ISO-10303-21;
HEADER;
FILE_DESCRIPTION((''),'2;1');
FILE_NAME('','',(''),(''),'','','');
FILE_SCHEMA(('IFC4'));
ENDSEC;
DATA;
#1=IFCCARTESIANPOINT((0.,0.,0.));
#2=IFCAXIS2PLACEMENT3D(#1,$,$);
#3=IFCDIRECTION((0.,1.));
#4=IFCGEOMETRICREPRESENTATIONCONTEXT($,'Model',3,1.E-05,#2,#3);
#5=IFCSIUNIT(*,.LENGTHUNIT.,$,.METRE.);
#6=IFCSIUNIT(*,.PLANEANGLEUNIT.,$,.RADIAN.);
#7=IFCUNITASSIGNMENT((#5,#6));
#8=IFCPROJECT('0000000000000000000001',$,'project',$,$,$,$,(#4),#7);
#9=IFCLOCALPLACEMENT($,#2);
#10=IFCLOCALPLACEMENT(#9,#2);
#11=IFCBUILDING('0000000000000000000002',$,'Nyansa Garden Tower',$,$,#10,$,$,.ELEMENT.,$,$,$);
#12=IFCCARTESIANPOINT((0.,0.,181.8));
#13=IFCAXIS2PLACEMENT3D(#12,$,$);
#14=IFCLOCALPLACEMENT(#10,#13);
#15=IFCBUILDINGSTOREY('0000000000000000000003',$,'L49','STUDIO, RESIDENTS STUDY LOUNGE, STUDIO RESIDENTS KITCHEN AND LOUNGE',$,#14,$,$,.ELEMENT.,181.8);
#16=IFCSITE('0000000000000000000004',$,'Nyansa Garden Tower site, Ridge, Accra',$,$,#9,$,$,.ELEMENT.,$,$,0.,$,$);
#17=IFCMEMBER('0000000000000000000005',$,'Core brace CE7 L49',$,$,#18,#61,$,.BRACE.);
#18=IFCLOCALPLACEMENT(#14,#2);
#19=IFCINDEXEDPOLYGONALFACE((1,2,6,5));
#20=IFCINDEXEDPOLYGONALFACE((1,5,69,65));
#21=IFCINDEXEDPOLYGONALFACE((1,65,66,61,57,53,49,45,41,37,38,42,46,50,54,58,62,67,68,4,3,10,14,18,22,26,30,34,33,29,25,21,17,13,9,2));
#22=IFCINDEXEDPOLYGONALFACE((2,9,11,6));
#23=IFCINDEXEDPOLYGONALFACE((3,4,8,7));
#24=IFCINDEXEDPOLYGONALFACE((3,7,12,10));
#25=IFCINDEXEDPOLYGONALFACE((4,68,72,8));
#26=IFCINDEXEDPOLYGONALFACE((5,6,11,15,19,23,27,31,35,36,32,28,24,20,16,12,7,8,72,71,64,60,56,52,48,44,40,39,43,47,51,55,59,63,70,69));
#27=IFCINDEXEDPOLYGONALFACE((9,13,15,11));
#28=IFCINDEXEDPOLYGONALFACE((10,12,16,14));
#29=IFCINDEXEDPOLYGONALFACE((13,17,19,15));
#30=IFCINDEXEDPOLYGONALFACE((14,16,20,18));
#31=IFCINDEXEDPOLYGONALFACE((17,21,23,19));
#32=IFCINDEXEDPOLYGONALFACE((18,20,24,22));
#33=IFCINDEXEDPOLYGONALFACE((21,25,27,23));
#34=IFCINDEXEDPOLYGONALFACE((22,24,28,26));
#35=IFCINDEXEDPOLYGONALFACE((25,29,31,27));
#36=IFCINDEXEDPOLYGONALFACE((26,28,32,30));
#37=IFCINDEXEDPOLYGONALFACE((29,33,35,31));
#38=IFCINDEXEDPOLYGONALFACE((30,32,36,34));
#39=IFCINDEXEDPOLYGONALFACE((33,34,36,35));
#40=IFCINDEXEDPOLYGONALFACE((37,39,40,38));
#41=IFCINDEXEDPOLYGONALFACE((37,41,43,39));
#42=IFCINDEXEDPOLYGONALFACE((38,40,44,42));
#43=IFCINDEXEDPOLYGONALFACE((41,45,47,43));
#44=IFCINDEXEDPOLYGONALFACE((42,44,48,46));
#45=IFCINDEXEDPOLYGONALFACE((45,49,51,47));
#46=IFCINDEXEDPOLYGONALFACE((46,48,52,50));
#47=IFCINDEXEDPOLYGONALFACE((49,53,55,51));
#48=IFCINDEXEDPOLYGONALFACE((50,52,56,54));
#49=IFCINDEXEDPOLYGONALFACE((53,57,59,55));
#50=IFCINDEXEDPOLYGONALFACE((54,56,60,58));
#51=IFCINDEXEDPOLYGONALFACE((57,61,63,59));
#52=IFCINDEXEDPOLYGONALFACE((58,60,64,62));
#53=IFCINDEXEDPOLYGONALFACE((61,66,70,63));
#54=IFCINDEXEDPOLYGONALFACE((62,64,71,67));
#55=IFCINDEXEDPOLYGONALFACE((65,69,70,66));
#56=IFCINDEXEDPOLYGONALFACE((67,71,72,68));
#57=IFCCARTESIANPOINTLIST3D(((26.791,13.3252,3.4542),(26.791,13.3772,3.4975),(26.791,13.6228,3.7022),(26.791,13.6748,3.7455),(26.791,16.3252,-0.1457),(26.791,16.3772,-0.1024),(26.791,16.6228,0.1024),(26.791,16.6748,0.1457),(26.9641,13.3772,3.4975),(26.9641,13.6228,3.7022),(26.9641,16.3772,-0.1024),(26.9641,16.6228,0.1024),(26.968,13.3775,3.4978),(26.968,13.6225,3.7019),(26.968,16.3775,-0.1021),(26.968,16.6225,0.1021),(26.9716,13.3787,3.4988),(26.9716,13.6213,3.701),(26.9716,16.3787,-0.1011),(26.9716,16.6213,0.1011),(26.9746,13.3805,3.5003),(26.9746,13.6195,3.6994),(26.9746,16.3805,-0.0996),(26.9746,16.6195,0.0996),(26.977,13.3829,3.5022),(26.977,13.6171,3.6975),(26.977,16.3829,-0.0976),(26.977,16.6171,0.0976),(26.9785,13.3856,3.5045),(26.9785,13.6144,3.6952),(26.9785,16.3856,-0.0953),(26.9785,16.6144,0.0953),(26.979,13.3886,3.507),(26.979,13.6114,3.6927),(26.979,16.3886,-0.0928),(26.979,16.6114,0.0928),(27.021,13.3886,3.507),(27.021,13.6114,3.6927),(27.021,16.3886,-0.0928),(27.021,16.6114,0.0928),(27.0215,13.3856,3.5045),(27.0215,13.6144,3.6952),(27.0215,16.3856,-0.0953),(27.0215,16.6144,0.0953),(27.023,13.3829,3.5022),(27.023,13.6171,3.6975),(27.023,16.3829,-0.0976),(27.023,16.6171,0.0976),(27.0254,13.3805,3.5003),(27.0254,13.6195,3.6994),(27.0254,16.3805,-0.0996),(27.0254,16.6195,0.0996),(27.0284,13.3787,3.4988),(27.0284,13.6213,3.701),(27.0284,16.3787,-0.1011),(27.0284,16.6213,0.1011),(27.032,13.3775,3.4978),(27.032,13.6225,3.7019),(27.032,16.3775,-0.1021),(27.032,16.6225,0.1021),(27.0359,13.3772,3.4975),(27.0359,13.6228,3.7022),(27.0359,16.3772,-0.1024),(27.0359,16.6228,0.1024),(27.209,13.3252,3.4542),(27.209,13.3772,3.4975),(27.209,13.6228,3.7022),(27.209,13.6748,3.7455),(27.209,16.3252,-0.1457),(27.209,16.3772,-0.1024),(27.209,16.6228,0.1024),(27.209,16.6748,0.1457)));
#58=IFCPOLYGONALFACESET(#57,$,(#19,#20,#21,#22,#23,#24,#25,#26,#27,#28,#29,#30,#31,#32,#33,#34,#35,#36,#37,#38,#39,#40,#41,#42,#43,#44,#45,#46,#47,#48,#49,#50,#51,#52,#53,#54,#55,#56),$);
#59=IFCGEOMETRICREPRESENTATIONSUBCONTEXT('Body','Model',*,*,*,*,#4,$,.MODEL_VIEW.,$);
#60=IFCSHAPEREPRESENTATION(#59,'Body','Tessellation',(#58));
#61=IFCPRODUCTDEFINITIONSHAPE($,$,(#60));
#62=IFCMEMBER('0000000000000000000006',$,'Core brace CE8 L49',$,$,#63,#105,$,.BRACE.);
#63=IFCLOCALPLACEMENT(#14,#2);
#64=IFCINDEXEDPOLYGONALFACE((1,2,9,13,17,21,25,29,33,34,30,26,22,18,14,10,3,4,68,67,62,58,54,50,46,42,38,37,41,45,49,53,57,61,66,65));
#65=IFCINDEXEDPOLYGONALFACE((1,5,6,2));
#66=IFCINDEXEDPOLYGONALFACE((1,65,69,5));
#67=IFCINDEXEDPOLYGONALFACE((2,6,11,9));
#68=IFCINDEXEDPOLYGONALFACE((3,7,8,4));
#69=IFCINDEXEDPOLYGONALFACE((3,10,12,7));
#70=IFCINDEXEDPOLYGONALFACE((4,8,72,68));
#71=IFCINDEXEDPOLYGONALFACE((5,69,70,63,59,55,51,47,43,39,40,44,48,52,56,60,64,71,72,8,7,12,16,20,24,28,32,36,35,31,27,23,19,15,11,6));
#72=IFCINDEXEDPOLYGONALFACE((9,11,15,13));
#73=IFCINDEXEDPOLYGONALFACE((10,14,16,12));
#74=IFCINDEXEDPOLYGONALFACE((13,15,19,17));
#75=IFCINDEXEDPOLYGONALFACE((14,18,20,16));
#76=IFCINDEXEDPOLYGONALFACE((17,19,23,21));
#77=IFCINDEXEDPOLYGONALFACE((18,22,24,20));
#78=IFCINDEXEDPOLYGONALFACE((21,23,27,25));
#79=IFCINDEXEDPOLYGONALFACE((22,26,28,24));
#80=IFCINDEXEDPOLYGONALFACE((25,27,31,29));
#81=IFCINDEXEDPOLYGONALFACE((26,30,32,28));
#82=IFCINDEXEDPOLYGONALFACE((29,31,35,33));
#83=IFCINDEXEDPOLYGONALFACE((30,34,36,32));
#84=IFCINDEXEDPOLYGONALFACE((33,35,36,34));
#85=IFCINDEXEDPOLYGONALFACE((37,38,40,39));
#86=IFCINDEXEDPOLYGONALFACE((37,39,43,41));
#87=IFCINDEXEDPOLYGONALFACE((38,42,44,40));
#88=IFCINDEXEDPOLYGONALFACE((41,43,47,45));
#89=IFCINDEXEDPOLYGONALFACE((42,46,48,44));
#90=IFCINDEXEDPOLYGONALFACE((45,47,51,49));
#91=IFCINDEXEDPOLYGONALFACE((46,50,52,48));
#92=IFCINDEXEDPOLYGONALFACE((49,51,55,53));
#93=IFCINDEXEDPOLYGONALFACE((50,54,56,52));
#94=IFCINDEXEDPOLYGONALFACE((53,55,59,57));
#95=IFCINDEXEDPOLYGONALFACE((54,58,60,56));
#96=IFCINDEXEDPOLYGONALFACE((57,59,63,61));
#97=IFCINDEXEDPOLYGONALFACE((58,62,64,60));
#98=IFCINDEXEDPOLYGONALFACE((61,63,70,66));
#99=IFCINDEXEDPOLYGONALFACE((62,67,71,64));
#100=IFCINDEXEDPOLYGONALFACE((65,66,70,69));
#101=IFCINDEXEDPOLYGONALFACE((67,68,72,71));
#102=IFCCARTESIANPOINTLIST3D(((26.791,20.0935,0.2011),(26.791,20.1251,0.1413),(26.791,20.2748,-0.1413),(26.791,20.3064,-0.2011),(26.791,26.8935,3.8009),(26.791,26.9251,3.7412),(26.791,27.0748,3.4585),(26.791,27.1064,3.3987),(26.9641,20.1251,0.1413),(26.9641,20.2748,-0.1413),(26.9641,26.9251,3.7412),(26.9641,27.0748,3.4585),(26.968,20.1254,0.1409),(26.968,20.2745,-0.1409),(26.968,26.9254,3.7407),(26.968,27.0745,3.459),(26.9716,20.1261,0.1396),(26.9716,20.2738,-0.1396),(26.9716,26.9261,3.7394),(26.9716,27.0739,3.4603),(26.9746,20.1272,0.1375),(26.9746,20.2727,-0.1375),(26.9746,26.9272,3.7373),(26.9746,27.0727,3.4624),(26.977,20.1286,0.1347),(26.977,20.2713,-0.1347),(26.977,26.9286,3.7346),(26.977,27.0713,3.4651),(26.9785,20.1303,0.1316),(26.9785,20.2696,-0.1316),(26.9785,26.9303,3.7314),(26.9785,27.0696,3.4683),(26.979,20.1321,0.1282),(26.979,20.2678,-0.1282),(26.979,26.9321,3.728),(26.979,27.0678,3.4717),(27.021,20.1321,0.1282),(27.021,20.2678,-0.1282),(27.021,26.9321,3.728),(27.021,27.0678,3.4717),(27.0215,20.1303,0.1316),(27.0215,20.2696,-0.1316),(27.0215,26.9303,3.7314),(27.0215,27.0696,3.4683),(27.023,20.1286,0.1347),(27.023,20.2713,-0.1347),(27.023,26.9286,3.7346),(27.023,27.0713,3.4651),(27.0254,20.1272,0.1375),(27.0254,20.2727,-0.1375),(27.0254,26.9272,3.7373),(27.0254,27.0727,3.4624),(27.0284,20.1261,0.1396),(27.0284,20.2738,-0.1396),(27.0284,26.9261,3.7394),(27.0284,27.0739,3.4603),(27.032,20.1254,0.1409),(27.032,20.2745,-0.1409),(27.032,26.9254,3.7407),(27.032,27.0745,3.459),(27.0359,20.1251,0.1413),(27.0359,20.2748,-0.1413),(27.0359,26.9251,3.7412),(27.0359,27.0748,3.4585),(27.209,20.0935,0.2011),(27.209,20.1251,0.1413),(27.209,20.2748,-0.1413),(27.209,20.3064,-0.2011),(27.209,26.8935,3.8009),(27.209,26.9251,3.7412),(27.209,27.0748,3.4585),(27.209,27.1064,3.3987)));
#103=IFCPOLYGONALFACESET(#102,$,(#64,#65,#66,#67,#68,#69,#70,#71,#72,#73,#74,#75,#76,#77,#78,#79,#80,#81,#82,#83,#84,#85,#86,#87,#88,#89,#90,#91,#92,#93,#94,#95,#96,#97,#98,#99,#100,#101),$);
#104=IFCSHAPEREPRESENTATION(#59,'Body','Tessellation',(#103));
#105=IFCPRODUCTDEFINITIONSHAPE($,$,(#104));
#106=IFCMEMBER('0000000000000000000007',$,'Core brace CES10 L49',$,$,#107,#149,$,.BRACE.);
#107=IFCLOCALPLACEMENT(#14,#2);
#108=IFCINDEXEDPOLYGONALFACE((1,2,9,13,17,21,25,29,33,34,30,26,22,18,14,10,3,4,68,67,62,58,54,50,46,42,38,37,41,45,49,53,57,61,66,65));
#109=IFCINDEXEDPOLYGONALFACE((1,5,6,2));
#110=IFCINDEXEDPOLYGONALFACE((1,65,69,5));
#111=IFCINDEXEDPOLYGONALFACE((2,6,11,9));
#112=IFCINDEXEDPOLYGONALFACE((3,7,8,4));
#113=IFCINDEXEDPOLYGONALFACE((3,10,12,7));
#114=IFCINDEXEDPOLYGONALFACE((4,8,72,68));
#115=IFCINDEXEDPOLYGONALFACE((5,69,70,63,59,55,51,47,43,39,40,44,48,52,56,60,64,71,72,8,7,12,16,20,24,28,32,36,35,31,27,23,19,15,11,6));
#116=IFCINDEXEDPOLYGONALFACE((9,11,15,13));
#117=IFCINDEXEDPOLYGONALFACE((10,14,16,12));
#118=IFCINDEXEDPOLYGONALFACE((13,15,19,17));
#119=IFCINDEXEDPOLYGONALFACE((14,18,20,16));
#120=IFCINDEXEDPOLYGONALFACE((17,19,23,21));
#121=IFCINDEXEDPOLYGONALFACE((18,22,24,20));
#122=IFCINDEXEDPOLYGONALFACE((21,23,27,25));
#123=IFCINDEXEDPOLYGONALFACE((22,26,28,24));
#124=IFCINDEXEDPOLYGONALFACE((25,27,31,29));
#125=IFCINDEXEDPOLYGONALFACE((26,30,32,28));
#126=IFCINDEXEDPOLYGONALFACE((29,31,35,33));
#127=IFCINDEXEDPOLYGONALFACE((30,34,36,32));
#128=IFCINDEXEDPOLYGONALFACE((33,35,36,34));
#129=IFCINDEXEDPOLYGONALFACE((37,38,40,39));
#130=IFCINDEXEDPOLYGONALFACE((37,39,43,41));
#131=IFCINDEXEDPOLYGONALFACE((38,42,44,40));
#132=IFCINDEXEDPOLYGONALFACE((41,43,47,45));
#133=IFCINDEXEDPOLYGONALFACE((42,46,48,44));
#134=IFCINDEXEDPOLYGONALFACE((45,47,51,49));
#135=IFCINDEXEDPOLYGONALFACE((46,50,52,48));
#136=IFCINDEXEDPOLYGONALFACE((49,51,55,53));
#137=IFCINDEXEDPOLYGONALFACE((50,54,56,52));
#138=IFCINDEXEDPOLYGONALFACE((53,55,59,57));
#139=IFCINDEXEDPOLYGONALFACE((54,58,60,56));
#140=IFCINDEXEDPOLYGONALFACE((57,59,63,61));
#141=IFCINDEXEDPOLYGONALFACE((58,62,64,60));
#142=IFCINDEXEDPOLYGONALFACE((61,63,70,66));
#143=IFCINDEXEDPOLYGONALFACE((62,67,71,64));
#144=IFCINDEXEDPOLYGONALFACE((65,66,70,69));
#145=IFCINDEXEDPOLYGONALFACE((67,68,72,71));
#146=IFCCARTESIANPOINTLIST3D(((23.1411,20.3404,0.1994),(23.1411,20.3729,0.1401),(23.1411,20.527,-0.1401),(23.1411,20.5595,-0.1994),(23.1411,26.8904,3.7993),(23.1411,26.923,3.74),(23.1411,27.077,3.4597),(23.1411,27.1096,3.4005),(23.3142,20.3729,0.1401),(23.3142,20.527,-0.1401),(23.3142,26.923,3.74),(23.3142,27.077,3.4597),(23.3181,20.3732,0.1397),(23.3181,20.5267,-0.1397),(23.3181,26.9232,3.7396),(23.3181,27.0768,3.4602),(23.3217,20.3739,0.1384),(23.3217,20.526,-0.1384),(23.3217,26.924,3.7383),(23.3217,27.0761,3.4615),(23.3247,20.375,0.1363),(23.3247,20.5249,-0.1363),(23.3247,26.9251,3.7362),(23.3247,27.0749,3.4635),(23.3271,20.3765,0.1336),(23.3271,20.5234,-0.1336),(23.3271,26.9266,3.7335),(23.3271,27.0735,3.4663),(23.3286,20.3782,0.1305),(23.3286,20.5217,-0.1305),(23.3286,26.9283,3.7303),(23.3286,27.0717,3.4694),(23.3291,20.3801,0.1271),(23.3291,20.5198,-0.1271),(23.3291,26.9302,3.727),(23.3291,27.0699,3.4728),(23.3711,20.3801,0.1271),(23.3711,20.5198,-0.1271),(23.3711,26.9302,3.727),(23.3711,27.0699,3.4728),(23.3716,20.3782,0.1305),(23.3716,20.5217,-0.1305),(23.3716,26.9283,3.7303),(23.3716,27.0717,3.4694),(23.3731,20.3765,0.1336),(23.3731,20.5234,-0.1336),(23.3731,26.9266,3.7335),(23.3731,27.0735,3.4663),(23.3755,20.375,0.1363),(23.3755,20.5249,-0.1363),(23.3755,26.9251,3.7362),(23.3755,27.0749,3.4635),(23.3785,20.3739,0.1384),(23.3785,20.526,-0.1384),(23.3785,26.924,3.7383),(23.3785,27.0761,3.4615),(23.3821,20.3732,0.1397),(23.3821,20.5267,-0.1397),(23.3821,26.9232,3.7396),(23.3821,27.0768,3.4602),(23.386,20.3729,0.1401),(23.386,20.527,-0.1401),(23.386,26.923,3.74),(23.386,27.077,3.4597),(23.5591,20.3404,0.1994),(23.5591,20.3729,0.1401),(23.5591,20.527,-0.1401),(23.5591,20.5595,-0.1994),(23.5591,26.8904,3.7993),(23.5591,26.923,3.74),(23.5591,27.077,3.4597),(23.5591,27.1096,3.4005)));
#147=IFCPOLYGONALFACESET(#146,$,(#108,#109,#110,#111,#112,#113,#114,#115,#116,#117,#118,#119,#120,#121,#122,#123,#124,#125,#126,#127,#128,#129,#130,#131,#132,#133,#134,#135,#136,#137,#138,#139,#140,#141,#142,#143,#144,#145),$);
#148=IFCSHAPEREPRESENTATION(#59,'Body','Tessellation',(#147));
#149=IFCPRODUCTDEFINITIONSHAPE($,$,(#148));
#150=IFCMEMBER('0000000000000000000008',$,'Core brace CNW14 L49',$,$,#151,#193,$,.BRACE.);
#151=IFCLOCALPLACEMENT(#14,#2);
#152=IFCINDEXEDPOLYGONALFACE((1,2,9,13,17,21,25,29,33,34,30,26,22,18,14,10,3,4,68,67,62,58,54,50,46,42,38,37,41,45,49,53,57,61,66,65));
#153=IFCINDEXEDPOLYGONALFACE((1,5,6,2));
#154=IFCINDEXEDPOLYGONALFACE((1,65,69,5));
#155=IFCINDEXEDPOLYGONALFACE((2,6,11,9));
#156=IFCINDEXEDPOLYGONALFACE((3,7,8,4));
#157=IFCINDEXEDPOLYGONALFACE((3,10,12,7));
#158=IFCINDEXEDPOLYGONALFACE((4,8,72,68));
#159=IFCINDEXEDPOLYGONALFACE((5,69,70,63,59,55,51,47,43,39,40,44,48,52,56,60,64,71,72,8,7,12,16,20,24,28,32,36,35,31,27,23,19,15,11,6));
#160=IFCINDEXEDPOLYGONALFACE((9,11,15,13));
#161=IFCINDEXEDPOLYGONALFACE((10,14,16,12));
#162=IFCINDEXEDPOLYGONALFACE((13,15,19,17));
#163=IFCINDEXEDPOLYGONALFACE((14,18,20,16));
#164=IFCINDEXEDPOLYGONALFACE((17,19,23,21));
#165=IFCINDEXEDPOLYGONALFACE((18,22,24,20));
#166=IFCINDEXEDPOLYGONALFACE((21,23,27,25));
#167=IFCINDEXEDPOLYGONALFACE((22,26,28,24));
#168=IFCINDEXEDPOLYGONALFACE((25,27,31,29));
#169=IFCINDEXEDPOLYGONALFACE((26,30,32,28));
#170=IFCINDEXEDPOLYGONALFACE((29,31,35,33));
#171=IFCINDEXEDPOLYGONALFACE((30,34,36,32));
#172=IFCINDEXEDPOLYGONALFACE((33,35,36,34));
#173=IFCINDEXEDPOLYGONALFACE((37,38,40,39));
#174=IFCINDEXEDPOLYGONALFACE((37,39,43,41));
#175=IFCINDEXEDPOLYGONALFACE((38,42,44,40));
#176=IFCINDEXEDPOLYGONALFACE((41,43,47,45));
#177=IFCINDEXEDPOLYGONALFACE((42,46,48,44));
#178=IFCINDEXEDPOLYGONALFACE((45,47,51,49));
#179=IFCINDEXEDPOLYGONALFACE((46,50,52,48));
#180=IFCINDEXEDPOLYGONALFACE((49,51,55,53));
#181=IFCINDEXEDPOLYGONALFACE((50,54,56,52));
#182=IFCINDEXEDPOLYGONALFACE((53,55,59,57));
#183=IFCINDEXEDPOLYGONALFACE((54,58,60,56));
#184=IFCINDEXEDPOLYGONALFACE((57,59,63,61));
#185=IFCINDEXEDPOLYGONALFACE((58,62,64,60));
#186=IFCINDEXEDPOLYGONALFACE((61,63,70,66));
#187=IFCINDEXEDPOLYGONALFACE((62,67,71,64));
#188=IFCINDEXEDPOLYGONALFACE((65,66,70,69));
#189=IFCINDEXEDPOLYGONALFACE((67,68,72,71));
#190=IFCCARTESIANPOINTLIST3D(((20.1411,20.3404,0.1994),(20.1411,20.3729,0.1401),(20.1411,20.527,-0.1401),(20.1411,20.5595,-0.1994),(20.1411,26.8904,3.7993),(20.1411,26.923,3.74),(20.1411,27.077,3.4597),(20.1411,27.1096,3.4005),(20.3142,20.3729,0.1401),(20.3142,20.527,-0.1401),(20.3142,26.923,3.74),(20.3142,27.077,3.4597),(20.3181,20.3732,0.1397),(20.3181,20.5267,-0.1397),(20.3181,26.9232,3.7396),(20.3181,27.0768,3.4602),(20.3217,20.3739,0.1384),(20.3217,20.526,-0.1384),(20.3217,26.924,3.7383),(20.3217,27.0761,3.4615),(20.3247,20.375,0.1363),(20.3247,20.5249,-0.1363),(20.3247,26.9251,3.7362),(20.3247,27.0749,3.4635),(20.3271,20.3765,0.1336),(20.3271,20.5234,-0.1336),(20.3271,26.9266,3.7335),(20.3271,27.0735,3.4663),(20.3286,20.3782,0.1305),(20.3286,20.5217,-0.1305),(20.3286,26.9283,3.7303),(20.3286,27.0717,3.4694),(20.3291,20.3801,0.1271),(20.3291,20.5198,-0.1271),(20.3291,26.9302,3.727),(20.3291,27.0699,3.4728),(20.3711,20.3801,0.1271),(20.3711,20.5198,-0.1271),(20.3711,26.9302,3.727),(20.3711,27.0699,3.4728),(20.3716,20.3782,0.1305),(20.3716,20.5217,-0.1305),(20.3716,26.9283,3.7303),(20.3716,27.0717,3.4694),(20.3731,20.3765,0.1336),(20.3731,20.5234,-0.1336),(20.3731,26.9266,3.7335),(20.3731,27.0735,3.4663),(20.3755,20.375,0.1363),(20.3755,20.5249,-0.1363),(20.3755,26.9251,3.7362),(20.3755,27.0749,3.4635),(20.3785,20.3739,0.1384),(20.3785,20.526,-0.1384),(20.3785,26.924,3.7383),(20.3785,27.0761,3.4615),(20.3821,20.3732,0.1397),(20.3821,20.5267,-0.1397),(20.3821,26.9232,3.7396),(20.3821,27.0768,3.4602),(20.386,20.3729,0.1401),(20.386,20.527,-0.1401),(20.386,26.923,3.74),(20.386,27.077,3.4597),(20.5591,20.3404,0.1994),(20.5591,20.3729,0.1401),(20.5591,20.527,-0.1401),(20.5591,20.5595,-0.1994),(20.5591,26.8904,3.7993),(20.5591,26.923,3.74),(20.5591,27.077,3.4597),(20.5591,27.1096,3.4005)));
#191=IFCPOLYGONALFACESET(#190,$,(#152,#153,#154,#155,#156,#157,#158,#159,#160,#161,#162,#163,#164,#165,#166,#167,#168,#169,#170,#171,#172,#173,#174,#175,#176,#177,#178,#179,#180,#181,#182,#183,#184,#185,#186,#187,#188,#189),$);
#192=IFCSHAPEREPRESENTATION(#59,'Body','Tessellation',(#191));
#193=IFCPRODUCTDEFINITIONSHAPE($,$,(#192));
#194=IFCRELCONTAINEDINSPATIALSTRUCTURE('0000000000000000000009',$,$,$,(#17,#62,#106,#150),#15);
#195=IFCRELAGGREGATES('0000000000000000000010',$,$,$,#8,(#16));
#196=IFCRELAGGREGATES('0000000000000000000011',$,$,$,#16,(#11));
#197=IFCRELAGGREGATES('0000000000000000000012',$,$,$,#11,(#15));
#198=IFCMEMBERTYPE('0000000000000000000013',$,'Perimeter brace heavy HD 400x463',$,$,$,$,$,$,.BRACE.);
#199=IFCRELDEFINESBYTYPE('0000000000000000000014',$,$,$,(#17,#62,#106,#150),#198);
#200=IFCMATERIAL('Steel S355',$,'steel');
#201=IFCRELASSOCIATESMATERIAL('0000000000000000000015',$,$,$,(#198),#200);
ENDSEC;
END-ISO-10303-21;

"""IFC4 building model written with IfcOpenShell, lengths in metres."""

from ifc_helpers import new_model, si_unit, direction, frame, origin, origin_2d, place, context, subcontext, project, spatial, i_section, extrude, material, material_profile, profile_set, type_object, element, save


model = new_model("IFC4")

# Units and contexts
model_context = context("Model", 3, precision=1e-05, world=origin(), true_north=direction((0.0, 1.0)))
body_context = subcontext(model_context, "Body", "Model", "MODEL_VIEW")
ifc_project = project(units=[si_unit("LENGTHUNIT", "METRE"), si_unit("PLANEANGLEUNIT", "RADIAN")], contexts=[model_context])

# Site, building, storey
site_placement = place(None, origin())
site = spatial("IfcSite", under=ifc_project, at=site_placement, Name="Nyansa Garden Tower site, Ridge, Accra", CompositionType="ELEMENT", RefElevation=0.0)
building_placement = place(site_placement, origin())
building = spatial("IfcBuilding", under=site, at=building_placement, Name="Nyansa Garden Tower", CompositionType="ELEMENT")
storey_placement = place(building_placement, frame((0.0, 0.0, 181.8)))
storey = spatial("IfcBuildingStorey", under=building, at=storey_placement, Name="L49", Description="STUDIO, RESIDENTS STUDY LOUNGE, STUDIO RESIDENTS KITCHEN AND LOUNGE", CompositionType="ELEMENT", Elevation=181.8)

# Members
ifc_material_1 = material(Name="Steel S355", Category="steel")
ifc_material_profile_1 = material_profile(ifc_material_1, i_section(OverallWidth=0.418, OverallDepth=0.4551, WebThickness=0.042, FlangeThickness=0.0676, FilletRadius=0.0149, at=origin_2d()), Name="HD 400x463")
ifc_profile_set_1 = profile_set([ifc_material_profile_1], Name="Steel S355")
member_type = type_object("IfcMemberType", Name="Perimeter brace heavy HD 400x463", PredefinedType="BRACE", material=ifc_profile_set_1)
member_1_placement = place(storey_placement, frame((27.0, 16.5, 0.0), z_axis=(0.0, -0.6402, 0.768208), x_axis=(1.0, 0.0, 0.0)))
element("IfcMember", 1, at=member_1_placement, inside=storey, type_object=member_type, Name="Core brace CE7 L49", PredefinedType="BRACE", context=body_context, shape_type="SweptSolid", body=[
    extrude(i_section(OverallWidth=0.418, OverallDepth=0.4551, WebThickness=0.042, FlangeThickness=0.0676, FilletRadius=0.0149, at=origin_2d()), origin(), (0.0, 0.0, 1.0), 4.686),
])
member_2_placement = place(storey_placement, frame((27.0, 20.2, 0.0), z_axis=(0.0, 0.883797, 0.46787), x_axis=(-1.0, 0.0, 0.0)))
element("IfcMember", 2, at=member_2_placement, inside=storey, type_object=member_type, Name="Core brace CE8 L49", PredefinedType="BRACE", context=body_context, shape_type="SweptSolid", body=[
    extrude(i_section(OverallWidth=0.418, OverallDepth=0.4551, WebThickness=0.042, FlangeThickness=0.0676, FilletRadius=0.0149, at=origin_2d()), origin(), (0.0, 0.0, 1.0), 7.6941),
])
for number, where, z_axis, x_axis, name in (
    (3, (23.3501, 20.45, 0.0), (0.0, 0.876367, 0.481644), (-1.0, 0.0, 0.0), "Core brace CES10 L49"),
    (4, (20.3501, 20.45, 0.0), (0.0, 0.876367, 0.481644), (-1.0, 0.0, 0.0), "Core brace CNW14 L49"),
):
    element("IfcMember", number, at=place(storey_placement, frame(where, z_axis=z_axis, x_axis=x_axis)), inside=storey, type_object=member_type, Name=name, PredefinedType="BRACE", context=body_context, shape_type="SweptSolid", body=[
        extrude(i_section(OverallWidth=0.418, OverallDepth=0.4551, WebThickness=0.042, FlangeThickness=0.0676, FilletRadius=0.0149, at=origin_2d()), origin(), (0.0, 0.0, 1.0), 7.4741),
    ])

save(model, "model.ifc")
